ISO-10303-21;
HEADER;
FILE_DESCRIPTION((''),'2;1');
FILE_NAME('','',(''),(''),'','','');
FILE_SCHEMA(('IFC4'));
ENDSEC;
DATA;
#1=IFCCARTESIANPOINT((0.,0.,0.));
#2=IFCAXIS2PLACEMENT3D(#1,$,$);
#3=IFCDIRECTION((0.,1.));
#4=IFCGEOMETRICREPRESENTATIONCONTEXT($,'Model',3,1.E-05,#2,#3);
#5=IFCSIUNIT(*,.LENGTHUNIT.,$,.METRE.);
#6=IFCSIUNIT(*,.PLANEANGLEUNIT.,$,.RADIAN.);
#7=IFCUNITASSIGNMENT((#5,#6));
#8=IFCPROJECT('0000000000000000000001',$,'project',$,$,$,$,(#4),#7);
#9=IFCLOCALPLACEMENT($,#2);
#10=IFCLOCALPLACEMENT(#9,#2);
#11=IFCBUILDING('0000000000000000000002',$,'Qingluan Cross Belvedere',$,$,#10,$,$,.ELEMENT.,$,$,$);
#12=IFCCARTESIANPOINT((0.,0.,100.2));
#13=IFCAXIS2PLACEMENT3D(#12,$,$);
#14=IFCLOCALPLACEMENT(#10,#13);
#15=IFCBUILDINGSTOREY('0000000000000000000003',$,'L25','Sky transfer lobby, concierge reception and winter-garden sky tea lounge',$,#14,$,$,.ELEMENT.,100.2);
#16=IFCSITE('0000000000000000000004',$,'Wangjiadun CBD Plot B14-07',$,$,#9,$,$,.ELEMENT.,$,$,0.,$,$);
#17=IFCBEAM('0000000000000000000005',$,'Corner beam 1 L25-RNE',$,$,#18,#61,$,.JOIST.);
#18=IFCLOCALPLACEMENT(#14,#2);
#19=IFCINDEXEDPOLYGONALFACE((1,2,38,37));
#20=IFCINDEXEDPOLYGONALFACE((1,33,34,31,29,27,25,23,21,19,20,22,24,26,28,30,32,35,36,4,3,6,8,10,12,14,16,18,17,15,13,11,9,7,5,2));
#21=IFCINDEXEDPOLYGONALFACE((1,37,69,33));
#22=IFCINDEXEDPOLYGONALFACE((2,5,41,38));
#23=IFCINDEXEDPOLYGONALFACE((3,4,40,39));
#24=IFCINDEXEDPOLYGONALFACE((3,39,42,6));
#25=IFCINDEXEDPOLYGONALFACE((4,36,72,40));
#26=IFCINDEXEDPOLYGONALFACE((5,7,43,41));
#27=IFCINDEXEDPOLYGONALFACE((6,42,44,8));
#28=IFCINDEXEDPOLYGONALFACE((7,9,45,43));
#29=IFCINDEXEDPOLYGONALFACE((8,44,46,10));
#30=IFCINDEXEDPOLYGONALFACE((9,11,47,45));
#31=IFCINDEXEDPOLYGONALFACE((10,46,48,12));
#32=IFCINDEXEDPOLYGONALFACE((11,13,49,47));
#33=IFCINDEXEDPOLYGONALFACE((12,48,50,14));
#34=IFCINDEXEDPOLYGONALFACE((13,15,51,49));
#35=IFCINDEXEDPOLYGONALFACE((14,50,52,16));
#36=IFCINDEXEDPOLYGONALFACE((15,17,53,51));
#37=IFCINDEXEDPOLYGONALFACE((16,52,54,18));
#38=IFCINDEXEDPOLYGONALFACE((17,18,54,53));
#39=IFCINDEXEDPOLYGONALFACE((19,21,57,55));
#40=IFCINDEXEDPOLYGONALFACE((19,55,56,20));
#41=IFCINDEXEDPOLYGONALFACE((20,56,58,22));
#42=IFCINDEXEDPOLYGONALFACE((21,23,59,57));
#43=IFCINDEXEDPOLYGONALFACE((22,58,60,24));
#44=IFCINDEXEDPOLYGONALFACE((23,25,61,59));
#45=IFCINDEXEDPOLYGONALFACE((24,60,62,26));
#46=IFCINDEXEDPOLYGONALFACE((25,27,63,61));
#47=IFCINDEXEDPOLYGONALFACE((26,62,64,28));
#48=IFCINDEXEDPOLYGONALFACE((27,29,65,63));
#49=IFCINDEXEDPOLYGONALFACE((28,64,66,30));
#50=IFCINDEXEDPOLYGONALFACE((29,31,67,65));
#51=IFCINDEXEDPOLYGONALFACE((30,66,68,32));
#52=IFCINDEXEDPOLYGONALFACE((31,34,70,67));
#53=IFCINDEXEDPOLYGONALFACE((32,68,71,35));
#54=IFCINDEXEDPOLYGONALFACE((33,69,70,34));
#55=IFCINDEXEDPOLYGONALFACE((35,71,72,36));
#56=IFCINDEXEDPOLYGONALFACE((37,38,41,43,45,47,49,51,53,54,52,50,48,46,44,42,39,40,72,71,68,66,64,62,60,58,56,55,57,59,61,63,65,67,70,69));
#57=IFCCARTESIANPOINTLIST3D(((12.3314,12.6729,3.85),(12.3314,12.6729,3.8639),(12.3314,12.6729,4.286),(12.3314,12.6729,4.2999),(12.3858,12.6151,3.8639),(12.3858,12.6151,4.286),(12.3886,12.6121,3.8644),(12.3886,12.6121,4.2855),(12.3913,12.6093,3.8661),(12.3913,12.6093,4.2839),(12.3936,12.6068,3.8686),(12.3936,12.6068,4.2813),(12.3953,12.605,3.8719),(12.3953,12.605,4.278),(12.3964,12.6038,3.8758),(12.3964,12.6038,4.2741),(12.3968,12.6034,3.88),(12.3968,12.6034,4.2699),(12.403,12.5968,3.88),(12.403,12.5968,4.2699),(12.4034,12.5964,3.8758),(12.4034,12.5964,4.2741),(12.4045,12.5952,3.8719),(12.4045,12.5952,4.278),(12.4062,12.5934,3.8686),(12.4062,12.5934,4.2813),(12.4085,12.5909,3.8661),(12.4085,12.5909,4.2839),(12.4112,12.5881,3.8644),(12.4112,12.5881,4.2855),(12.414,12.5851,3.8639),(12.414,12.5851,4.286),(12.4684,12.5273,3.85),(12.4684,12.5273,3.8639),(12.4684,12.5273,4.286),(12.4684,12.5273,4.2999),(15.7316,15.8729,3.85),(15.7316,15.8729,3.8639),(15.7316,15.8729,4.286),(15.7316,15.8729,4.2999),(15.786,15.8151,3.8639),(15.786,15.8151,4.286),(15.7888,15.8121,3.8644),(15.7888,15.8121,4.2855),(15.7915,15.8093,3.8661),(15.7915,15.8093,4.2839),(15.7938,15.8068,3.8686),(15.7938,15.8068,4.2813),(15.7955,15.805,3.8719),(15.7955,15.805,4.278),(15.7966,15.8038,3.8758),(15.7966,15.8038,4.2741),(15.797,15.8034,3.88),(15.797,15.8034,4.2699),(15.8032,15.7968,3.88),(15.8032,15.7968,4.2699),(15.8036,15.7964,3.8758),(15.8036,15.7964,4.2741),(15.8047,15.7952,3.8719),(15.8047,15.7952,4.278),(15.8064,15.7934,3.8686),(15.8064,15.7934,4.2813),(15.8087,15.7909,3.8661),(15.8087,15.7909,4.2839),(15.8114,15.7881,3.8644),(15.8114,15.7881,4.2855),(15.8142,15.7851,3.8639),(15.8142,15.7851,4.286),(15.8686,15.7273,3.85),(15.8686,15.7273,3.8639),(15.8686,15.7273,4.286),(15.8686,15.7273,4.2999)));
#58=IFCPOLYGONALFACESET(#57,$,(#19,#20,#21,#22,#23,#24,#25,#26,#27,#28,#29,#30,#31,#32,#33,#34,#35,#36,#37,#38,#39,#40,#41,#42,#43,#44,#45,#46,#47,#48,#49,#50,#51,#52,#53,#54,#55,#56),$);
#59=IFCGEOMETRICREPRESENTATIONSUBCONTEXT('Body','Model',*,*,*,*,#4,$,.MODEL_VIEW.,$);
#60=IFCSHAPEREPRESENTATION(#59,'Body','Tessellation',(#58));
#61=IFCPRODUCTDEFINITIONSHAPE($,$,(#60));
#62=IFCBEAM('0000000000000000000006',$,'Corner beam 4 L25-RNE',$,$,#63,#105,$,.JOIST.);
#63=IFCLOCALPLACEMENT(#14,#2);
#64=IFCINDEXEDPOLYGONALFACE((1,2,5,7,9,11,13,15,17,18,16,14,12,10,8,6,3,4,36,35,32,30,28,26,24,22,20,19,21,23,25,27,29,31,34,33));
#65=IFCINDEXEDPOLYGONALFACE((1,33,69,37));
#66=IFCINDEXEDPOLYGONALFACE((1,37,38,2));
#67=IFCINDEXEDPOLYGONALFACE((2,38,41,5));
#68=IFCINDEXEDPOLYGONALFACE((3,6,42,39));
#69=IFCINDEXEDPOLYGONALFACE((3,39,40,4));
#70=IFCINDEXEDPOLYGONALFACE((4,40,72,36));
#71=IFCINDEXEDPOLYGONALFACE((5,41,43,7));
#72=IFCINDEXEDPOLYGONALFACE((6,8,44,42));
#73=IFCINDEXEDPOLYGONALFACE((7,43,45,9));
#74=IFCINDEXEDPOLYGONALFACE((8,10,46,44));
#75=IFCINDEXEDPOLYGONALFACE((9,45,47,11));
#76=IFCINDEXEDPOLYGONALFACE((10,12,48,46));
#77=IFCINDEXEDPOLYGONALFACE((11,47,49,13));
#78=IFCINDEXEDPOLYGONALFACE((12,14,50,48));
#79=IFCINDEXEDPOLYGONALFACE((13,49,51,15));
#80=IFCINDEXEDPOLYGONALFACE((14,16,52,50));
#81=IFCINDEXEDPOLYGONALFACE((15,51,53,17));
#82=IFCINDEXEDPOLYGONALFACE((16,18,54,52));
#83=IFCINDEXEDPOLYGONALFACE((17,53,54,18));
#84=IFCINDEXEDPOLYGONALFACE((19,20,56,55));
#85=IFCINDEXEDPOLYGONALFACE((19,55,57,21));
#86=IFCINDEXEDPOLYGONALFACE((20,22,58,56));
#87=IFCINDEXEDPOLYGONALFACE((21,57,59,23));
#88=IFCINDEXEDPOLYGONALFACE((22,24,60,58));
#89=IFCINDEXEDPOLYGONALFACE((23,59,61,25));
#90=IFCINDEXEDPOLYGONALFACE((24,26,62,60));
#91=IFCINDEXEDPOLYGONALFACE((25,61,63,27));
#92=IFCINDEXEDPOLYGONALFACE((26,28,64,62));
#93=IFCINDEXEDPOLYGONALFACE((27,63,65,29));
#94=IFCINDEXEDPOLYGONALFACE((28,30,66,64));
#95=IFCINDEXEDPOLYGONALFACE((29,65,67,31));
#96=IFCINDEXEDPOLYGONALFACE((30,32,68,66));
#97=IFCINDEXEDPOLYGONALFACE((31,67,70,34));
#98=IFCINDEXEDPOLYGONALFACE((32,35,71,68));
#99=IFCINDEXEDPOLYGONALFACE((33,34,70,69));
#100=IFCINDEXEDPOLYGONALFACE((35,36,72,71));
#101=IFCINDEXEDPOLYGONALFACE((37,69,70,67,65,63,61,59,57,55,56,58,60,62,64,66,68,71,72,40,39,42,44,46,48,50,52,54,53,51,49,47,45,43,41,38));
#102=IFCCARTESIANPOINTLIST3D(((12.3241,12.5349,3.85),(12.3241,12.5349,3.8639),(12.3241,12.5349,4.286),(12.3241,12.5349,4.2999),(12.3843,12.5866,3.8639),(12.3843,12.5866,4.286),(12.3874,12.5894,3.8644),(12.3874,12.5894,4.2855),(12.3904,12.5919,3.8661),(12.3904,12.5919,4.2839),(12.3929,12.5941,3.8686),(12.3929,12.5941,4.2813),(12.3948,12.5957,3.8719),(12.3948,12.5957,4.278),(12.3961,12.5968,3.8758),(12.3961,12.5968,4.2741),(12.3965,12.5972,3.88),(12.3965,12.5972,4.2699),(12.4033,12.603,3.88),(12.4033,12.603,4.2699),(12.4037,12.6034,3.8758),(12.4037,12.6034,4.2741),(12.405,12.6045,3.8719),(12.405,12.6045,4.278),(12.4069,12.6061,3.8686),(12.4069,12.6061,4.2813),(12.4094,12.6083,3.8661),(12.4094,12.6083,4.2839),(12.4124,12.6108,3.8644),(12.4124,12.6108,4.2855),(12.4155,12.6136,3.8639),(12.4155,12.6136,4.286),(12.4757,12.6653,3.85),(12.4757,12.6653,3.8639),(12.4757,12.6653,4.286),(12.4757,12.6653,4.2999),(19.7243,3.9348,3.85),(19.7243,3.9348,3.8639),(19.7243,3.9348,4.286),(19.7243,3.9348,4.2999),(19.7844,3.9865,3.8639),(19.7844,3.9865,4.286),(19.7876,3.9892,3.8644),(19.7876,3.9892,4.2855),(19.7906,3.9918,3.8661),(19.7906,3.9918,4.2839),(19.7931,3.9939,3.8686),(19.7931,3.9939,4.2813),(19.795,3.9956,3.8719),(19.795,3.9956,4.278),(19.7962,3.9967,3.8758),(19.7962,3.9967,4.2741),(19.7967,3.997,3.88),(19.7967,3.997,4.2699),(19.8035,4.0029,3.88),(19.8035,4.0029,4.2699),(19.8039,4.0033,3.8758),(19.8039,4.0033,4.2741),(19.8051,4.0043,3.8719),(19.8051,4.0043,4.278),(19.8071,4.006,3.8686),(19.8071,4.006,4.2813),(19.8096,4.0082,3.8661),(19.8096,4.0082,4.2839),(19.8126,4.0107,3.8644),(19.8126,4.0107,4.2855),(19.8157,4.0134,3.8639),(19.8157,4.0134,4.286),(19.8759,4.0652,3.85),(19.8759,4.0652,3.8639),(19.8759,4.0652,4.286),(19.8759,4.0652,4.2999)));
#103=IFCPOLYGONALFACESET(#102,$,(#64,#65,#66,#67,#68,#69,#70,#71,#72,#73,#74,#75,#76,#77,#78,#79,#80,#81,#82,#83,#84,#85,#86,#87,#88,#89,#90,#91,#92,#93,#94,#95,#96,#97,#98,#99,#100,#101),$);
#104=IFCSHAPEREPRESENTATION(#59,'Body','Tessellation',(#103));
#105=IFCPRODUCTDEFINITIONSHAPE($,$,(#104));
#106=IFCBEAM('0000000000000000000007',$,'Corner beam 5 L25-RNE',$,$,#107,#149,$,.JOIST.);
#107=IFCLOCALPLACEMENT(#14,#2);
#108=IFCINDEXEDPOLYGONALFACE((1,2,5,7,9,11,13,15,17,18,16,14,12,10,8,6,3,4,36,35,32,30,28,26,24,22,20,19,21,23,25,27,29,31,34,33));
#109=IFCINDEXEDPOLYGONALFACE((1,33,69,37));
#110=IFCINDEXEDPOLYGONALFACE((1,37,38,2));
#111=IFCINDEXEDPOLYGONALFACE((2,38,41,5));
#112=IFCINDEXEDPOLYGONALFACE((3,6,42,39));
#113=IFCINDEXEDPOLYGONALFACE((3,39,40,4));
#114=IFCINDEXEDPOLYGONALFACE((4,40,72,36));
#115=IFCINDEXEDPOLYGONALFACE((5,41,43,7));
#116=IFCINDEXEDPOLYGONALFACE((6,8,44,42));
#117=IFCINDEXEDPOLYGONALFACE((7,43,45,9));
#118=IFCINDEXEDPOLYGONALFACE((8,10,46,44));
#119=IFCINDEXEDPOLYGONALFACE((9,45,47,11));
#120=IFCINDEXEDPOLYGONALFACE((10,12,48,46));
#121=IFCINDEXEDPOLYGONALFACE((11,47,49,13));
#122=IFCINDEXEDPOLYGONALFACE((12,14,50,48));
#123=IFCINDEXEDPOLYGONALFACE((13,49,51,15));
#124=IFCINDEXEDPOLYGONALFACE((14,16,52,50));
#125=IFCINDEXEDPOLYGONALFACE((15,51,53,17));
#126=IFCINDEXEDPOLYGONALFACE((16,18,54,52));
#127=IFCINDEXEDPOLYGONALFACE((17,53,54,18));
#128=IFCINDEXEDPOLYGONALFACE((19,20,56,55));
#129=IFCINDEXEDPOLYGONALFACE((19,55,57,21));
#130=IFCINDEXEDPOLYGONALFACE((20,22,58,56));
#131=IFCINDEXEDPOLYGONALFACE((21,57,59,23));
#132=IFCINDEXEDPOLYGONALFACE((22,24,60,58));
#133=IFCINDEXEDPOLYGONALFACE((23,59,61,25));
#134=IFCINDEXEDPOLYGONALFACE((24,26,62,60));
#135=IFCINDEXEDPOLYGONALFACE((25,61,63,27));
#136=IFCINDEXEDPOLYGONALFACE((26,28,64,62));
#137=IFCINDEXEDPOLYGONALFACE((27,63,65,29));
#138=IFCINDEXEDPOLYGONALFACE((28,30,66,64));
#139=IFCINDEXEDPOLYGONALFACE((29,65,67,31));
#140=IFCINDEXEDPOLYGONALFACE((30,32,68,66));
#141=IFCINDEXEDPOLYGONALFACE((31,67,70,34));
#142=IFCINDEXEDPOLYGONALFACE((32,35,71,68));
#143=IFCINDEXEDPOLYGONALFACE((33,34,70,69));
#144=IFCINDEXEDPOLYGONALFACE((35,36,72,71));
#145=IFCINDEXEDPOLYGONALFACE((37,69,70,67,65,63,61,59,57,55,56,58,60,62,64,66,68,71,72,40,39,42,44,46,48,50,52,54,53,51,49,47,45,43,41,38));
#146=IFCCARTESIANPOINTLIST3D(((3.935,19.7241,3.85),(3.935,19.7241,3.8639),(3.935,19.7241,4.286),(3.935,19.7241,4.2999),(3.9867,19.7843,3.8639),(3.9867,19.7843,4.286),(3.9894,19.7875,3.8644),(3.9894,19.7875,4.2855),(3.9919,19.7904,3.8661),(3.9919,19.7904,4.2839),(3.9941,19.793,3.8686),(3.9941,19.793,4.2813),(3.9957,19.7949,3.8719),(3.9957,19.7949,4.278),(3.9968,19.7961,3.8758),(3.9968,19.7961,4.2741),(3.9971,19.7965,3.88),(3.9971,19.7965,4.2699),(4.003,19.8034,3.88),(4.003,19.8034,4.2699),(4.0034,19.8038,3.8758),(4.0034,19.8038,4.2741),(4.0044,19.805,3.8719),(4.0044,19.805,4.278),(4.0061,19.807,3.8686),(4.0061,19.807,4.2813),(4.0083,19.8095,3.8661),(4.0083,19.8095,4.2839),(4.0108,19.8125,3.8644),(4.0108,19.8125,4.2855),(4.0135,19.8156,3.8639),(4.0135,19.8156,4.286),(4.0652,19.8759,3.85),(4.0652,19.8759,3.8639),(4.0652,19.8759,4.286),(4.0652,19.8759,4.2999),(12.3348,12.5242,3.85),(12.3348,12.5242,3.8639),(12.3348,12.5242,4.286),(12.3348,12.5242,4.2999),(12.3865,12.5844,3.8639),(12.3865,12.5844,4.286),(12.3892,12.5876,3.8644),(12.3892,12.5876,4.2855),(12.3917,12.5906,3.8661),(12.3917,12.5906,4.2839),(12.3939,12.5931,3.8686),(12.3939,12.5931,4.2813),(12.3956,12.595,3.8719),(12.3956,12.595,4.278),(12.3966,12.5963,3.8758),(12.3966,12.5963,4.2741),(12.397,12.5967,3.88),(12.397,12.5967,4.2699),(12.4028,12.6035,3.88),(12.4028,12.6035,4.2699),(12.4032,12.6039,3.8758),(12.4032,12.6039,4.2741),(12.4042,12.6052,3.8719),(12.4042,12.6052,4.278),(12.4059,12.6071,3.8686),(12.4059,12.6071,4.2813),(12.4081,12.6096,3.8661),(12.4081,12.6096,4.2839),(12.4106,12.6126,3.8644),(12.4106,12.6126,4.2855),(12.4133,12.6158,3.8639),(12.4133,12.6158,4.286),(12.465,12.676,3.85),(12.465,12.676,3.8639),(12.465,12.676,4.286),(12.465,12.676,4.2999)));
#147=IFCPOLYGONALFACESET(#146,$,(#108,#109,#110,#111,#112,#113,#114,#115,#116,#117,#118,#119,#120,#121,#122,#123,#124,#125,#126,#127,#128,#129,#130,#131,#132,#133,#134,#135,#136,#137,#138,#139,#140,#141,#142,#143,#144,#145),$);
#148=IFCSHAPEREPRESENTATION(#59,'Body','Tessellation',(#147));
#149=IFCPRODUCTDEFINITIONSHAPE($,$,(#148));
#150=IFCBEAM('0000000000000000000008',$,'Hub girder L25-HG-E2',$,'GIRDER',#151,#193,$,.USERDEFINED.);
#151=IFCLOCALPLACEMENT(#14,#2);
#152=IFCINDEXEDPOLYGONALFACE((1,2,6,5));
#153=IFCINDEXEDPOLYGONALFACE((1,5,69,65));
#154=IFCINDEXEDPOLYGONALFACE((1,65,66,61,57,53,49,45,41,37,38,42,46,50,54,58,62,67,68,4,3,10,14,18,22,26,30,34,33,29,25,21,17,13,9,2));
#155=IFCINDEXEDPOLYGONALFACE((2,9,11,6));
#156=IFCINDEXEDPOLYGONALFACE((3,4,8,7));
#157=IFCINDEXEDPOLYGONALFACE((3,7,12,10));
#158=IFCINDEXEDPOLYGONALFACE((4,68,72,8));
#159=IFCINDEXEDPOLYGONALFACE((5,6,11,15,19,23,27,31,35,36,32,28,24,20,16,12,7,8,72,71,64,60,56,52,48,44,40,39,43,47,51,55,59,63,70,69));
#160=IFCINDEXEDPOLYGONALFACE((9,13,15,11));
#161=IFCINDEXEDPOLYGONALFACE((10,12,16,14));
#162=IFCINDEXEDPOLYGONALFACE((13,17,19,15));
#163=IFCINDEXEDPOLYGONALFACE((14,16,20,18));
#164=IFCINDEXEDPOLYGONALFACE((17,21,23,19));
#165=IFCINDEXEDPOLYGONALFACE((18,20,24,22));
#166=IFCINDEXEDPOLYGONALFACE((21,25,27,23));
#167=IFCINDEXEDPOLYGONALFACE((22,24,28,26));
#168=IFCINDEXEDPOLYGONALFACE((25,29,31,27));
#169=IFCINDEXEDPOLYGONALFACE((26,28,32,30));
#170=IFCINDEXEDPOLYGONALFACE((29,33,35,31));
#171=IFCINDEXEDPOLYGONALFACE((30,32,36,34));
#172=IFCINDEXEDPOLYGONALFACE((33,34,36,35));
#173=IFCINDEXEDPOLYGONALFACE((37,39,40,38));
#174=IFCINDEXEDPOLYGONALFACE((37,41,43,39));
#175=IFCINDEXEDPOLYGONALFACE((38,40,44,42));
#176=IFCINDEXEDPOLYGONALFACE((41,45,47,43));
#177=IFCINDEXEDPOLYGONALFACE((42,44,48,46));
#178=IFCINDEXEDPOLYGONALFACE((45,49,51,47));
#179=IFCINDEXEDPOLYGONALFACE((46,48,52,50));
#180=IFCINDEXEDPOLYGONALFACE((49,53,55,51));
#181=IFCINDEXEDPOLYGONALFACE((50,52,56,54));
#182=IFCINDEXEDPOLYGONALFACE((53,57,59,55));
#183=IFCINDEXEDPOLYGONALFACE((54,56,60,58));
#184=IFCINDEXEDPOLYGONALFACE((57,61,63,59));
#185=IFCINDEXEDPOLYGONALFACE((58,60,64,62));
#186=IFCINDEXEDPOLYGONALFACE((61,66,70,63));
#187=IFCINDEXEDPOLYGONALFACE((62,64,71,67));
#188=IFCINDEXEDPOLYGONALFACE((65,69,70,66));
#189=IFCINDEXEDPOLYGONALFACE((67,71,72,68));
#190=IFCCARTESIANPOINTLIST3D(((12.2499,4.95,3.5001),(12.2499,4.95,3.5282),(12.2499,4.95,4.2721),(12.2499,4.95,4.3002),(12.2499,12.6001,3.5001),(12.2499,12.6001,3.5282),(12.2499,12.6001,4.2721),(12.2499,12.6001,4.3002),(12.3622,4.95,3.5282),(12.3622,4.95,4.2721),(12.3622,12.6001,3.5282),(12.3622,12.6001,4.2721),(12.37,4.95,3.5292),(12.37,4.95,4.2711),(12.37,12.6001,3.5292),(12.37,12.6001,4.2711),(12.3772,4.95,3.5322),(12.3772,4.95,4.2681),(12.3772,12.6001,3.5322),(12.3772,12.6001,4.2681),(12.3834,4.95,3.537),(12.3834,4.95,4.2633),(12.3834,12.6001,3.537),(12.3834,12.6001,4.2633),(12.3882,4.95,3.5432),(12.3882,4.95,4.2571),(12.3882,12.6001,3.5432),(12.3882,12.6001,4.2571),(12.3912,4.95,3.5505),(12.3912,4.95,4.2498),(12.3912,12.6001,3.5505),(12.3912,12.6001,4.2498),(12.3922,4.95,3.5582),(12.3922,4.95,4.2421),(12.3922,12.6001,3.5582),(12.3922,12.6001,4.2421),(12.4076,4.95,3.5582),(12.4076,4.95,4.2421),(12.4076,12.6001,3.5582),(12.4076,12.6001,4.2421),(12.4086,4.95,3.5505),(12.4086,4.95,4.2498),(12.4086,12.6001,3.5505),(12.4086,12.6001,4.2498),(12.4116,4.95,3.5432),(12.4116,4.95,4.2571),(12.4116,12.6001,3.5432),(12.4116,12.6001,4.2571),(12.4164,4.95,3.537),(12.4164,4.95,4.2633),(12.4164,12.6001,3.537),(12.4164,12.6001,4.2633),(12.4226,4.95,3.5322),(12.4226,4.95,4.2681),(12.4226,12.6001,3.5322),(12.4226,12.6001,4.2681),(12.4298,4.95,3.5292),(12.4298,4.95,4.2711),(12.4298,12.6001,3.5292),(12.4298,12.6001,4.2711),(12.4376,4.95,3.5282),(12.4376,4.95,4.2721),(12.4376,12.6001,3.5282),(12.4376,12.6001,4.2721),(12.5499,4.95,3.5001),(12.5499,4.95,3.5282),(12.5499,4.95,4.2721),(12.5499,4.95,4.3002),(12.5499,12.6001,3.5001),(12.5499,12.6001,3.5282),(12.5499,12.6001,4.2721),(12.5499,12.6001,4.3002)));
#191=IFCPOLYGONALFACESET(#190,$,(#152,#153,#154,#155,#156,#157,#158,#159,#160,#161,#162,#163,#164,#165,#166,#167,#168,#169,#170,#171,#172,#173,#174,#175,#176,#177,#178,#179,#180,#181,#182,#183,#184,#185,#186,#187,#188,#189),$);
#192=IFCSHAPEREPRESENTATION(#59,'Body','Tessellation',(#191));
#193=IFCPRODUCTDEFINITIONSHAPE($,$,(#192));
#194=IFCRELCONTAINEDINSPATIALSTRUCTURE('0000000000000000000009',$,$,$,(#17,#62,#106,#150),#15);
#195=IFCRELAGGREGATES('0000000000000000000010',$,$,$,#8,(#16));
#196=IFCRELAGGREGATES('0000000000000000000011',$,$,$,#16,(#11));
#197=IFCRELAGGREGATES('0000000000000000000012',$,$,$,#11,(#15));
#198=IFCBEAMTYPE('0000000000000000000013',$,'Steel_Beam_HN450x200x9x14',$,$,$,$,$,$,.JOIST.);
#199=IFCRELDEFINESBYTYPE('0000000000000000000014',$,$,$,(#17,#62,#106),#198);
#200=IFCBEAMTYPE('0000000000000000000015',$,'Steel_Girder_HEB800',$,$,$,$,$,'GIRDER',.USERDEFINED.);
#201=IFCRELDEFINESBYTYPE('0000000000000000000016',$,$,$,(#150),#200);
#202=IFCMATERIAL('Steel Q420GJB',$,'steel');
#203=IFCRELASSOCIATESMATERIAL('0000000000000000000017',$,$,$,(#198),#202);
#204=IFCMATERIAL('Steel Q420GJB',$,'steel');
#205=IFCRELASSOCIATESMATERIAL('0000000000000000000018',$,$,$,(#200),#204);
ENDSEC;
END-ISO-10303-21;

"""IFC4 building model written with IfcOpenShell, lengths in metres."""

from ifc_helpers import new_model, si_unit, direction, frame, origin, origin_2d, place, context, subcontext, project, spatial, i_section, extrude, material, material_profile, profile_set, type_object, element, save


model = new_model("IFC4")

# Units and contexts
model_context = context("Model", 3, precision=1e-05, world=origin(), true_north=direction((0.0, 1.0)))
body_context = subcontext(model_context, "Body", "Model", "MODEL_VIEW")
ifc_project = project(units=[si_unit("LENGTHUNIT", "METRE"), si_unit("PLANEANGLEUNIT", "RADIAN")], contexts=[model_context])

# Site, building, storey
site_placement = place(None, origin())
site = spatial("IfcSite", under=ifc_project, at=site_placement, Name="Wangjiadun CBD Plot B14-07", CompositionType="ELEMENT", RefElevation=0.0)
building_placement = place(site_placement, origin())
building = spatial("IfcBuilding", under=site, at=building_placement, Name="Qingluan Cross Belvedere", CompositionType="ELEMENT")
storey_placement = place(building_placement, frame((0.0, 0.0, 100.2)))
storey = spatial("IfcBuildingStorey", under=building, at=storey_placement, Name="L25", Description="Sky transfer lobby, concierge reception and winter-garden sky tea lounge", CompositionType="ELEMENT", Elevation=100.2)

# Beams
ifc_material_1 = material(Name="Steel Q420GJB", Category="steel")
ifc_material_profile_1 = material_profile(ifc_material_1, i_section(OverallWidth=0.2, OverallDepth=0.45, WebThickness=0.009, FlangeThickness=0.0139, FilletRadius=0.0161, at=origin_2d()), Name="HN450x200x9x14")
ifc_profile_set_1 = profile_set([ifc_material_profile_1], Name="Steel Q420GJB")
beam_type_1 = type_object("IfcBeamType", Name="Steel_Beam_HN450x200x9x14", PredefinedType="JOIST", material=ifc_profile_set_1)
beam_1_placement = place(storey_placement, frame((12.3999, 12.6001, 4.075), z_axis=(0.72822, 0.685343, 0.0), x_axis=(-0.685343, 0.72822, 0.0)))
element("IfcBeam", 1, at=beam_1_placement, inside=storey, type_object=beam_type_1, Name="Corner beam 1 L25-RNE", PredefinedType="JOIST", context=body_context, shape_type="SweptSolid", body=[
    extrude(i_section(OverallWidth=0.2, OverallDepth=0.45, WebThickness=0.009, FlangeThickness=0.0139, FilletRadius=0.0161, at=origin_2d()), origin(), (0.0, 0.0, 1.0), 4.6692),
])
beam_2_placement = place(storey_placement, frame((12.3999, 12.6001, 4.075), z_axis=(0.652245, -0.758008, 0.0), x_axis=(0.758008, 0.652245, 0.0)))
element("IfcBeam", 2, at=beam_2_placement, inside=storey, type_object=beam_type_1, Name="Corner beam 4 L25-RNE", PredefinedType="JOIST", context=body_context, shape_type="SweptSolid", body=[
    extrude(i_section(OverallWidth=0.2, OverallDepth=0.45, WebThickness=0.009, FlangeThickness=0.0139, FilletRadius=0.0161, at=origin_2d()), origin(), (0.0, 0.0, 1.0), 11.3457),
])
beam_3_placement = place(storey_placement, frame((12.3999, 12.6001, 4.075), z_axis=(-0.759255, 0.650793, 0.0), x_axis=(-0.650793, -0.759255, 0.0)))
element("IfcBeam", 3, at=beam_3_placement, inside=storey, type_object=beam_type_1, Name="Corner beam 5 L25-RNE", PredefinedType="JOIST", context=body_context, shape_type="SweptSolid", body=[
    extrude(i_section(OverallWidth=0.2, OverallDepth=0.45, WebThickness=0.009, FlangeThickness=0.0139, FilletRadius=0.0161, at=origin_2d()), origin(), (0.0, 0.0, 1.0), 11.0632),
])
ifc_material_2 = material(Name="Steel Q420GJB", Category="steel")
ifc_material_profile_2 = material_profile(ifc_material_2, i_section(OverallWidth=0.3, OverallDepth=0.8, WebThickness=0.0154, FlangeThickness=0.0281, FilletRadius=0.03, at=origin_2d()), Name="HEB800")
ifc_profile_set_2 = profile_set([ifc_material_profile_2], Name="Steel Q420GJB")
beam_type_2 = type_object("IfcBeamType", Name="Steel_Girder_HEB800", ElementType="GIRDER", PredefinedType="USERDEFINED", material=ifc_profile_set_2)
beam_4_placement = place(storey_placement, frame((12.3999, 4.95, 3.9001), z_axis=(0.0, 1.0, 0.0), x_axis=(-1.0, 0.0, 0.0)))
element("IfcBeam", 4, at=beam_4_placement, inside=storey, type_object=beam_type_2, Name="Hub girder L25-HG-E2", ObjectType="GIRDER", PredefinedType="USERDEFINED", context=body_context, shape_type="SweptSolid", body=[
    extrude(i_section(OverallWidth=0.3, OverallDepth=0.8, WebThickness=0.0154, FlangeThickness=0.0281, FilletRadius=0.03, at=origin_2d()), origin(), (0.0, 0.0, 1.0), 7.6501),
])

save(model, "model.ifc")
